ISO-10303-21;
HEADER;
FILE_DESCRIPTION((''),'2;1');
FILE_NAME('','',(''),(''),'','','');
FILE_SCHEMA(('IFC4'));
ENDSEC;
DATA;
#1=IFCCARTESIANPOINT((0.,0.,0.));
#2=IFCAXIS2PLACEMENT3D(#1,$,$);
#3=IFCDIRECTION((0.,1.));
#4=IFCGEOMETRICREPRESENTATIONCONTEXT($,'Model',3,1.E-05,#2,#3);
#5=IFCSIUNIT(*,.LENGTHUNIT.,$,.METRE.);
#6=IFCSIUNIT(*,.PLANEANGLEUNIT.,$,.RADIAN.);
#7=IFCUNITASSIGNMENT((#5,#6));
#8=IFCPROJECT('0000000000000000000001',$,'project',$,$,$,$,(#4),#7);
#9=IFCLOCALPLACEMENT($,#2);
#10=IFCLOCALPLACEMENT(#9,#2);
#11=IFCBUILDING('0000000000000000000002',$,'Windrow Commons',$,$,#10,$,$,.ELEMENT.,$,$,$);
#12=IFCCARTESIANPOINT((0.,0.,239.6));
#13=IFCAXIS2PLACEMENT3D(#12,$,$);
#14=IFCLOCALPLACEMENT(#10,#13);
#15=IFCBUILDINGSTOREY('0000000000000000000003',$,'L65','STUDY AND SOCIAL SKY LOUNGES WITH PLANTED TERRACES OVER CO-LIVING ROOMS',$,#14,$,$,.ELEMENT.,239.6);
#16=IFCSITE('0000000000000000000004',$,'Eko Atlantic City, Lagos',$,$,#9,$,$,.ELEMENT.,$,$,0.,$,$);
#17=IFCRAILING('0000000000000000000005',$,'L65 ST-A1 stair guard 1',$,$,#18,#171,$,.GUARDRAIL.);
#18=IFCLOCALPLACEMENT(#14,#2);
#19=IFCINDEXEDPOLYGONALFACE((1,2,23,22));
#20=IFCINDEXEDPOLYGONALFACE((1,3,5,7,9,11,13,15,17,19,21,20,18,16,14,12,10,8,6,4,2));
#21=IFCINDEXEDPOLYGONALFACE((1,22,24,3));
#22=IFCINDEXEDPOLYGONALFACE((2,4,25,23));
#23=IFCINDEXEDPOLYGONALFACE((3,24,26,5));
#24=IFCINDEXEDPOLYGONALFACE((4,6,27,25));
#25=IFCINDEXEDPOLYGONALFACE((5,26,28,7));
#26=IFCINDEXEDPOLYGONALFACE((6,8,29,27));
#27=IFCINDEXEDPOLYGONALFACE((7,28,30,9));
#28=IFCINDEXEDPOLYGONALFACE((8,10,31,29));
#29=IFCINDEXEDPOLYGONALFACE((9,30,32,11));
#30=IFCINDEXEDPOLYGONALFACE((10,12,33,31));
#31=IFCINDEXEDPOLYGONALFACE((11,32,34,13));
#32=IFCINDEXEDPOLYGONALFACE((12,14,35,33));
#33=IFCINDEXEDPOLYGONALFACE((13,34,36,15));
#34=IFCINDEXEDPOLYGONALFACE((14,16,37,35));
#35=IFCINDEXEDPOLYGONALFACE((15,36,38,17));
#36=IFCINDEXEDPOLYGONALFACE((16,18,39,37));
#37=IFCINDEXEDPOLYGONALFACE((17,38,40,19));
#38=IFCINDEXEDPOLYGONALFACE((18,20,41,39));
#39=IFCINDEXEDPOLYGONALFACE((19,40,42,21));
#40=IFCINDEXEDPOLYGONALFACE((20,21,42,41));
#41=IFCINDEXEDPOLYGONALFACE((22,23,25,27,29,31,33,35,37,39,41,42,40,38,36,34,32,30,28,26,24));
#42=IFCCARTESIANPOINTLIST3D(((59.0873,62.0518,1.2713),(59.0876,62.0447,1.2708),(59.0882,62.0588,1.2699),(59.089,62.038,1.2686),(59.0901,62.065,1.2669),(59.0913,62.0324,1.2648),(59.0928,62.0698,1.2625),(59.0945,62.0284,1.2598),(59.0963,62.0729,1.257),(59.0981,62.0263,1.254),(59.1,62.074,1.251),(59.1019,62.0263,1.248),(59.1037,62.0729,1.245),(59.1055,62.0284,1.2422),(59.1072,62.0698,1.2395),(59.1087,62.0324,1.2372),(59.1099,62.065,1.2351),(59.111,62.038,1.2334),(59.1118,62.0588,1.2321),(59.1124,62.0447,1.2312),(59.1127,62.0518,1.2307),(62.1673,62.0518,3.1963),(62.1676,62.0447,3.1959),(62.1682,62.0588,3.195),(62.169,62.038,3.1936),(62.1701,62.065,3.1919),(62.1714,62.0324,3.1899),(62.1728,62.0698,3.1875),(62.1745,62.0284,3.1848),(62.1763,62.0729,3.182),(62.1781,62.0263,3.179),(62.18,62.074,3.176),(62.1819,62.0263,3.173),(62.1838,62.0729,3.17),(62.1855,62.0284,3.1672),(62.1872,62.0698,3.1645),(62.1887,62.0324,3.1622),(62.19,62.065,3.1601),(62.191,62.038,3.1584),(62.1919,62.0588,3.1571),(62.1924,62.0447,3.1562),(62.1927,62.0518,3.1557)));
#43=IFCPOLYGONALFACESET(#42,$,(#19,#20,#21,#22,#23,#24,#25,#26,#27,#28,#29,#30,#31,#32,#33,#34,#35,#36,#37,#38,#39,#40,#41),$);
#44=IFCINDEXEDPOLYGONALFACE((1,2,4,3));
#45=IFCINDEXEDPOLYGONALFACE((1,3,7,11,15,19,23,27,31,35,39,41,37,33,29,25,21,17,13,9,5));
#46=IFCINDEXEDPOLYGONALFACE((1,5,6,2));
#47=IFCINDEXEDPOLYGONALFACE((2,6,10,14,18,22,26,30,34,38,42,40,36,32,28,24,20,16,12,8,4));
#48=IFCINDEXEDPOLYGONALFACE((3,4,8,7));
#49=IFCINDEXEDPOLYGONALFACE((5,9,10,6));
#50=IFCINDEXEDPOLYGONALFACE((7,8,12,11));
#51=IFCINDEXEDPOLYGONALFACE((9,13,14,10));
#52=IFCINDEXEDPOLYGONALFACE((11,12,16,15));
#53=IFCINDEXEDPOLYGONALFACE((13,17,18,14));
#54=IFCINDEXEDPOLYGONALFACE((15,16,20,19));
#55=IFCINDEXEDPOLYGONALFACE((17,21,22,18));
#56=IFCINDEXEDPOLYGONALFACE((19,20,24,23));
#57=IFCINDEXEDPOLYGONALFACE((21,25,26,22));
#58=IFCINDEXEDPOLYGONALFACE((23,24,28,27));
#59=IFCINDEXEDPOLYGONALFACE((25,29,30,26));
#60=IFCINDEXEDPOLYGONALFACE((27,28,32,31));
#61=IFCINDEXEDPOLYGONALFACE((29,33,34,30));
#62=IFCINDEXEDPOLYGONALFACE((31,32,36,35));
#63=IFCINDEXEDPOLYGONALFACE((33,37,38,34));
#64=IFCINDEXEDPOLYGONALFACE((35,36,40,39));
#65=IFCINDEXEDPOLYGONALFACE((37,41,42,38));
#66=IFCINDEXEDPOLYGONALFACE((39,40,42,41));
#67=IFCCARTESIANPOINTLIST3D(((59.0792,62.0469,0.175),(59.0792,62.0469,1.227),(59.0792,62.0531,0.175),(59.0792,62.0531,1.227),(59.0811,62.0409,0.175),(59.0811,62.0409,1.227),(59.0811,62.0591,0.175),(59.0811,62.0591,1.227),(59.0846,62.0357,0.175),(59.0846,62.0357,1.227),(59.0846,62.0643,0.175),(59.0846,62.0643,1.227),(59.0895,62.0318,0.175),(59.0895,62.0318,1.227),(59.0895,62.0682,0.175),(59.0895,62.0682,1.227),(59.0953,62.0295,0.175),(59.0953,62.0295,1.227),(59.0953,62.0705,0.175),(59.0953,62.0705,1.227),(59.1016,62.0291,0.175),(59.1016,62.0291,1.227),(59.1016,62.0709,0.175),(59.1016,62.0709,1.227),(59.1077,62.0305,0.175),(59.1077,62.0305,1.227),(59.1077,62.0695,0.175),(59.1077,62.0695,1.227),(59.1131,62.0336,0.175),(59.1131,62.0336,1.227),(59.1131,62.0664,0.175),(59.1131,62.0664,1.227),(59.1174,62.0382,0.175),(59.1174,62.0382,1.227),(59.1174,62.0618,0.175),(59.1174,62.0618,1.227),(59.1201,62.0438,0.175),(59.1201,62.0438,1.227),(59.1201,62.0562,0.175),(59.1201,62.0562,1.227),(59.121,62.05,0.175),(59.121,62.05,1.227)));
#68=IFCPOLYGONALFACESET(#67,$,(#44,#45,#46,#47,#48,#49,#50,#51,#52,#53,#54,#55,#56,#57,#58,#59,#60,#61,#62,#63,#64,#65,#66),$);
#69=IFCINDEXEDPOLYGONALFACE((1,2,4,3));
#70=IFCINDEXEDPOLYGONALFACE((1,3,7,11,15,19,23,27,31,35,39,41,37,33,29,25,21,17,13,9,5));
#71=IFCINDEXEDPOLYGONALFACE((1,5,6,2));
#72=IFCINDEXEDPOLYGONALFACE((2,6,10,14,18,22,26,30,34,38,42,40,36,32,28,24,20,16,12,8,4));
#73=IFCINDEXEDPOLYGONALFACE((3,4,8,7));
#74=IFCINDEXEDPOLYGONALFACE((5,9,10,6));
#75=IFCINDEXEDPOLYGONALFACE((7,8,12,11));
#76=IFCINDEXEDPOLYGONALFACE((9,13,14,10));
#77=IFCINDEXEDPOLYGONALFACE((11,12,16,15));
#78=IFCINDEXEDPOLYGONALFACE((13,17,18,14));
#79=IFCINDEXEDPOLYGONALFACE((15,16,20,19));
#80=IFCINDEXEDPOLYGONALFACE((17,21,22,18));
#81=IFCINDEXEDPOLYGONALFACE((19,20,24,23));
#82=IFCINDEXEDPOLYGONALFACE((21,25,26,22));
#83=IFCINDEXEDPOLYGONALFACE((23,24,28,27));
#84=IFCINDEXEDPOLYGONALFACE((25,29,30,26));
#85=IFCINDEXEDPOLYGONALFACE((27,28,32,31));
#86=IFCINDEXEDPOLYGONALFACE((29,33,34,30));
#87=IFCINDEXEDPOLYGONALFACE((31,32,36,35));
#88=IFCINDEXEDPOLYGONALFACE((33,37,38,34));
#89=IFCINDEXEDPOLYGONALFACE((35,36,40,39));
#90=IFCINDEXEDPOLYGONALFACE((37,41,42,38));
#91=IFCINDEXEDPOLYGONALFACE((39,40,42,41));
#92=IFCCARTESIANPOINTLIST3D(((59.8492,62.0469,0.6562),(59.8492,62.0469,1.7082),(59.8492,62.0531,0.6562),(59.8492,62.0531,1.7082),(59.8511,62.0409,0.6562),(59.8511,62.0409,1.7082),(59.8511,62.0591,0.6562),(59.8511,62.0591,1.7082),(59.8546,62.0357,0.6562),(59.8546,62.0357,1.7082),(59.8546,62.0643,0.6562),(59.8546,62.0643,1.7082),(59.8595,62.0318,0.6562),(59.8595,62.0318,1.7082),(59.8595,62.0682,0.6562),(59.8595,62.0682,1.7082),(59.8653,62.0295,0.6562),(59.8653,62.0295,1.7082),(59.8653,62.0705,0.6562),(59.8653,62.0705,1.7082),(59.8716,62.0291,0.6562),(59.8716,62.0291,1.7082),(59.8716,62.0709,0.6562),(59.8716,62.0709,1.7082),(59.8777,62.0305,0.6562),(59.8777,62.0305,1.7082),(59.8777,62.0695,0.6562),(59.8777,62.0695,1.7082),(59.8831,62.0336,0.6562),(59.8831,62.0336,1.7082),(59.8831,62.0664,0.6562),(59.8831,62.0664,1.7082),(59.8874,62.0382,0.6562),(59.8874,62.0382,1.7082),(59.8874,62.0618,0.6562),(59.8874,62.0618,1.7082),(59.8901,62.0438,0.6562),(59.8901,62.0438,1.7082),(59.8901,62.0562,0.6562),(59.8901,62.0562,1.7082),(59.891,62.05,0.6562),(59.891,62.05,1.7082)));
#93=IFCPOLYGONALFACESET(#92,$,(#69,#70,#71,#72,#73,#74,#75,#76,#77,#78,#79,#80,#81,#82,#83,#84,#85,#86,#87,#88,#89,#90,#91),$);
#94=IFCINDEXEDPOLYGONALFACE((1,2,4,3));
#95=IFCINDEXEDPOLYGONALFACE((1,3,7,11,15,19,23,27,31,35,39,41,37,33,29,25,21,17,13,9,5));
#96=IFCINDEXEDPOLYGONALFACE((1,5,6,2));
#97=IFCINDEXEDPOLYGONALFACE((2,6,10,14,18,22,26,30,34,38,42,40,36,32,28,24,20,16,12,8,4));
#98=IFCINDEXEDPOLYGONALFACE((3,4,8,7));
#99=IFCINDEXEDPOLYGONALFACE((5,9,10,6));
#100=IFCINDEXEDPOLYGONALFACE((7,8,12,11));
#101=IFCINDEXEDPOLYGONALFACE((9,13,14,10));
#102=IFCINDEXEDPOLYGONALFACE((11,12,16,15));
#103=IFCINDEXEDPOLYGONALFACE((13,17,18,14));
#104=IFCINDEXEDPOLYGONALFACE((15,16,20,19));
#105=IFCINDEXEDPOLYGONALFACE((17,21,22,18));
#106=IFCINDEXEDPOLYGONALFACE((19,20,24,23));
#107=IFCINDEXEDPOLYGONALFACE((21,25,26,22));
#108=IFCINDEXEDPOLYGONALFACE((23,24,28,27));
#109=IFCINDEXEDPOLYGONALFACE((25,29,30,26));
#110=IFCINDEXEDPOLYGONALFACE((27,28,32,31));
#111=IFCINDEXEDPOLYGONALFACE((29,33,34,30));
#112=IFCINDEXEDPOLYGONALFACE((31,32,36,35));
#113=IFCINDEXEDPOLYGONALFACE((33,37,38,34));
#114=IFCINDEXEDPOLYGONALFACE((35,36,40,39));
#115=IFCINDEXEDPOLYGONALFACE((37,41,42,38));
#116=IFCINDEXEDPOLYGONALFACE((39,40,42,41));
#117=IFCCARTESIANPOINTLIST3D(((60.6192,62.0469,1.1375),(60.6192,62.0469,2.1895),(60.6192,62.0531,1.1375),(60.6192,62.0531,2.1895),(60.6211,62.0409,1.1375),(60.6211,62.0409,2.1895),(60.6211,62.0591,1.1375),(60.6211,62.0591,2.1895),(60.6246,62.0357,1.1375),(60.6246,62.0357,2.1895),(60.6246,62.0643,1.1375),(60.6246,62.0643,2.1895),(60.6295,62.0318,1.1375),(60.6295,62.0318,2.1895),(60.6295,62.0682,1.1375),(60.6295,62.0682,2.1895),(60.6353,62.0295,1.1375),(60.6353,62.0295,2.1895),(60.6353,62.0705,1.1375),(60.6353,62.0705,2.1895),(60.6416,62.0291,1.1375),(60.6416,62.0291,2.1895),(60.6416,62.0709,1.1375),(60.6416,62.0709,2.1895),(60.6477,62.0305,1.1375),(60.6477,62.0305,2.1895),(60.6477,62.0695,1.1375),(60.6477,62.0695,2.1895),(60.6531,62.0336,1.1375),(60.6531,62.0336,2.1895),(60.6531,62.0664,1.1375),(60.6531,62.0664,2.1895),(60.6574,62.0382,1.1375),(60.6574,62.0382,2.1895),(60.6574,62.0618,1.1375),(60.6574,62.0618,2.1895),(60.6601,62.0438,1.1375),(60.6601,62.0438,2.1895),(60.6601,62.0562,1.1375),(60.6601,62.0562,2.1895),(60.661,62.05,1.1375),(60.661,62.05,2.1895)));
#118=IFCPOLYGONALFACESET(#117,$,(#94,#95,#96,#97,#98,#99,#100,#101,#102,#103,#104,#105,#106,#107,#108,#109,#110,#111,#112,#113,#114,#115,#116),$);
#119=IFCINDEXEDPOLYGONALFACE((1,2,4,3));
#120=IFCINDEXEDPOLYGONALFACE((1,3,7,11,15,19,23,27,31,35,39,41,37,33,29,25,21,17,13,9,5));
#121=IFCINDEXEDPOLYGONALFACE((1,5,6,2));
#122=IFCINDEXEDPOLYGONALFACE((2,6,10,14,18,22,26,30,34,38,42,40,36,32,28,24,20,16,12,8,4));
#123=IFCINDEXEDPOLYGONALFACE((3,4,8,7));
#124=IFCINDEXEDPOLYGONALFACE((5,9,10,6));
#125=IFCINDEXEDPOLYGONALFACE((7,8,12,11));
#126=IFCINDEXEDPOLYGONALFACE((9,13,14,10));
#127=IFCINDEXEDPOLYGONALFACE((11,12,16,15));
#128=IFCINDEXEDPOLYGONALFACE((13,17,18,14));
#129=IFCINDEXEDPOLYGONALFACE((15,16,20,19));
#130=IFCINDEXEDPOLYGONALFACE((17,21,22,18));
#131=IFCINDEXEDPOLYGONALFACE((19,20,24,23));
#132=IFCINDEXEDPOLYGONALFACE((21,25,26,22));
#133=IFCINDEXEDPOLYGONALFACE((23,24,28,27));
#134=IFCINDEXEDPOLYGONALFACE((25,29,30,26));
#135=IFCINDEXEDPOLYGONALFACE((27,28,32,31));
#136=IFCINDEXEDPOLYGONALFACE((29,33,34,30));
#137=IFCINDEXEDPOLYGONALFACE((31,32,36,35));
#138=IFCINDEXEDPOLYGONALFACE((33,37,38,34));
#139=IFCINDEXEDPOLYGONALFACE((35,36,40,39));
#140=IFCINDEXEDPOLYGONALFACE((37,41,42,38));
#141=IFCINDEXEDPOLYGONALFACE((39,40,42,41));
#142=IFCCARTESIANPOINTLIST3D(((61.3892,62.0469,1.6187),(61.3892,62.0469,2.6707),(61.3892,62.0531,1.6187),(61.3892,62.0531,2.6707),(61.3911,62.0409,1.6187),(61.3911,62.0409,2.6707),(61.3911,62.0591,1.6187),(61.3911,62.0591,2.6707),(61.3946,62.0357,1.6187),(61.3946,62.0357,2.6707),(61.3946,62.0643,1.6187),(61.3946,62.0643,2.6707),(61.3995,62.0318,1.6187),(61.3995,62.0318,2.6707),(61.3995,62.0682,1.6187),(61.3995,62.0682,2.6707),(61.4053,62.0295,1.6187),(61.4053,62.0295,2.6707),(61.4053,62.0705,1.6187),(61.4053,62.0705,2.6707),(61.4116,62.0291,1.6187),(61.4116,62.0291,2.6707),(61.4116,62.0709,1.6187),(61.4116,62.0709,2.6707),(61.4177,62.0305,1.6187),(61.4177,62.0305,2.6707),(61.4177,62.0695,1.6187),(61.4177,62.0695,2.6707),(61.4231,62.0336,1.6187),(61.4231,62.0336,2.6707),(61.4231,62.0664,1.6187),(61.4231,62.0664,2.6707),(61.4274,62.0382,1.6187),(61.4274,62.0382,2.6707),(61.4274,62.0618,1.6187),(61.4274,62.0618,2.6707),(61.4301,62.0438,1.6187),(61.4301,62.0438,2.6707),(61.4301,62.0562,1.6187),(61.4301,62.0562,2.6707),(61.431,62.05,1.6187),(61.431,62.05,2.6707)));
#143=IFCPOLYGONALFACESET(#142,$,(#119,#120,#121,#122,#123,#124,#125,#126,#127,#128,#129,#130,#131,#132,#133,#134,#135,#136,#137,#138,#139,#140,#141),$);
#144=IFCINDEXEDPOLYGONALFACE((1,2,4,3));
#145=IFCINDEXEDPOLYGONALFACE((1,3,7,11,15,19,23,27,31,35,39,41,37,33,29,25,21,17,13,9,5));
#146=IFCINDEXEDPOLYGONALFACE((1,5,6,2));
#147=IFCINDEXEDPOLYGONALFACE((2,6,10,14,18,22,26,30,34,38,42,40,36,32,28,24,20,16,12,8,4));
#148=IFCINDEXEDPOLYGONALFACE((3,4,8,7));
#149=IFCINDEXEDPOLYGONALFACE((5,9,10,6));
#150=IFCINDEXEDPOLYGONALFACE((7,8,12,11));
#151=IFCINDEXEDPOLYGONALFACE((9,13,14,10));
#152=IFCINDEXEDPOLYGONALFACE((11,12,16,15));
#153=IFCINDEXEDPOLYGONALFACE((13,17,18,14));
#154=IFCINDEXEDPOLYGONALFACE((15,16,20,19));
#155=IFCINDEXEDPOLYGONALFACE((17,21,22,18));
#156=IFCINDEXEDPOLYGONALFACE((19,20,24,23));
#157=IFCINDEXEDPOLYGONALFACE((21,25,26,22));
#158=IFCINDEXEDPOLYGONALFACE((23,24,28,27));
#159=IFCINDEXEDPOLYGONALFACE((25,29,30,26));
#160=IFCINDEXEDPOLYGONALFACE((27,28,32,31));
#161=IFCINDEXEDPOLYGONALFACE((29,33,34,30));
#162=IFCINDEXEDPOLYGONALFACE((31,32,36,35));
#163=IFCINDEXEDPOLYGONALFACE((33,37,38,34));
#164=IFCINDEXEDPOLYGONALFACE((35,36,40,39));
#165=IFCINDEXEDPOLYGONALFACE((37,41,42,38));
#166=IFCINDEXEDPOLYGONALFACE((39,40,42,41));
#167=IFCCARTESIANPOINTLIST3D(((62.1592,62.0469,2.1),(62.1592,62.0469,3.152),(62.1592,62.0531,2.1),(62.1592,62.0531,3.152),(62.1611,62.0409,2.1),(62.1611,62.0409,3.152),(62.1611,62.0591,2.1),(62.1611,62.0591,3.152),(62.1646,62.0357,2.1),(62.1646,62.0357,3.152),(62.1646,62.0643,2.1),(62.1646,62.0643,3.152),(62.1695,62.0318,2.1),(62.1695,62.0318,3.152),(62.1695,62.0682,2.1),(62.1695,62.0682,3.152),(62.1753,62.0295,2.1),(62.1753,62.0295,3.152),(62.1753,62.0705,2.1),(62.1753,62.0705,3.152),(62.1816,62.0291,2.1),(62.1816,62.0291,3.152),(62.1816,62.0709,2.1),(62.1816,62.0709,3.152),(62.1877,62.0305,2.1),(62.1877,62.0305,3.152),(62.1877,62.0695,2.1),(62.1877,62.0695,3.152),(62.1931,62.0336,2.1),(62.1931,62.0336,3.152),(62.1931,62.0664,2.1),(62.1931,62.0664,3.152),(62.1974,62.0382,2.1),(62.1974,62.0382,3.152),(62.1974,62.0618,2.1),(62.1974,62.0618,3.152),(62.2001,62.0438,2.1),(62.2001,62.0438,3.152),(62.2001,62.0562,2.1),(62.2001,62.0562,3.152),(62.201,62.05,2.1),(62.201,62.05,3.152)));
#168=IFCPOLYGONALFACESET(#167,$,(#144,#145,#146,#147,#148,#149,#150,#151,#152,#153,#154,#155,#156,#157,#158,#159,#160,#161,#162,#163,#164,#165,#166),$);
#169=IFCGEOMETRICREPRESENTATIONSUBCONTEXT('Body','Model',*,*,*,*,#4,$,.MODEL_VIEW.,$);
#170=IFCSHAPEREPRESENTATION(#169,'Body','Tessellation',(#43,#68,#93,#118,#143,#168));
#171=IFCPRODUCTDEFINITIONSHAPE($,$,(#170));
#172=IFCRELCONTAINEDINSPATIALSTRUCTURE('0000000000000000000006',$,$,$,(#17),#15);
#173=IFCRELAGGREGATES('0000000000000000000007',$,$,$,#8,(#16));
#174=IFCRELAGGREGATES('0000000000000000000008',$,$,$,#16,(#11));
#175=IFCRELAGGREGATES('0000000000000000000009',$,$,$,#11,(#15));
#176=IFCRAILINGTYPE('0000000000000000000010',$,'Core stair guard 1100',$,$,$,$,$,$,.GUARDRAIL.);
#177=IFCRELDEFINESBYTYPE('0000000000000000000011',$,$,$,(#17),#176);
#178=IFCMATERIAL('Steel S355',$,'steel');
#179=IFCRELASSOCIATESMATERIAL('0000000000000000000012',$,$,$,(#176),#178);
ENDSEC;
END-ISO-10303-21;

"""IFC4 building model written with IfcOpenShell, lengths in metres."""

from ifc_helpers import new_model, si_unit, direction, frame, origin, origin_2d, place, context, subcontext, project, spatial, circle, extrude, material, type_object, element, save


model = new_model("IFC4")

# Units and contexts
model_context = context("Model", 3, precision=1e-05, world=origin(), true_north=direction((0.0, 1.0)))
body_context = subcontext(model_context, "Body", "Model", "MODEL_VIEW")
ifc_project = project(units=[si_unit("LENGTHUNIT", "METRE"), si_unit("PLANEANGLEUNIT", "RADIAN")], contexts=[model_context])

# Site, building, storey
site_placement = place(None, origin())
site = spatial("IfcSite", under=ifc_project, at=site_placement, Name="Eko Atlantic City, Lagos", CompositionType="ELEMENT", RefElevation=0.0)
building_placement = place(site_placement, origin())
building = spatial("IfcBuilding", under=site, at=building_placement, Name="Windrow Commons", CompositionType="ELEMENT")
storey_placement = place(building_placement, frame((0.0, 0.0, 239.6)))
storey = spatial("IfcBuildingStorey", under=building, at=storey_placement, Name="L65", Description="STUDY AND SOCIAL SKY LOUNGES WITH PLANTED TERRACES OVER CO-LIVING ROOMS", CompositionType="ELEMENT", Elevation=239.6)

# Railing
ifc_material_1 = material(Name="Steel S355", Category="steel")
railing_type_1 = type_object("IfcRailingType", Name="Core stair guard 1100", PredefinedType="GUARDRAIL", material=ifc_material_1)
railing_1_placement = place(storey_placement, frame((59.1, 62.05, 0.175)))
element("IfcRailing", 1, at=railing_1_placement, inside=storey, type_object=railing_type_1, Name="L65 ST-A1 stair guard 1", PredefinedType="GUARDRAIL", context=body_context, shape_type="SweptSolid", body=[
    extrude(circle(Radius=0.024, at=origin_2d()), frame((0.0, 0.0, 1.076), z_axis=(0.847998, 0.0, 0.529999), x_axis=(0.0, 1.0, 0.0)), (0.0, 0.0, 1.0), 3.6321),
    extrude(circle(Radius=0.021, at=origin_2d()), origin(), (0.0, 0.0, 1.0), 1.052),
    extrude(circle(Radius=0.021, at=origin_2d()), frame((0.77, 0.0, 0.4812)), (0.0, 0.0, 1.0), 1.052),
    extrude(circle(Radius=0.021, at=origin_2d()), frame((1.54, 0.0, 0.9625)), (0.0, 0.0, 1.0), 1.052),
    extrude(circle(Radius=0.021, at=origin_2d()), frame((2.31, 0.0, 1.4437)), (0.0, 0.0, 1.0), 1.052),
    extrude(circle(Radius=0.021, at=origin_2d()), frame((3.08, 0.0, 1.925)), (0.0, 0.0, 1.0), 1.052),
])

save(model, "model.ifc")
